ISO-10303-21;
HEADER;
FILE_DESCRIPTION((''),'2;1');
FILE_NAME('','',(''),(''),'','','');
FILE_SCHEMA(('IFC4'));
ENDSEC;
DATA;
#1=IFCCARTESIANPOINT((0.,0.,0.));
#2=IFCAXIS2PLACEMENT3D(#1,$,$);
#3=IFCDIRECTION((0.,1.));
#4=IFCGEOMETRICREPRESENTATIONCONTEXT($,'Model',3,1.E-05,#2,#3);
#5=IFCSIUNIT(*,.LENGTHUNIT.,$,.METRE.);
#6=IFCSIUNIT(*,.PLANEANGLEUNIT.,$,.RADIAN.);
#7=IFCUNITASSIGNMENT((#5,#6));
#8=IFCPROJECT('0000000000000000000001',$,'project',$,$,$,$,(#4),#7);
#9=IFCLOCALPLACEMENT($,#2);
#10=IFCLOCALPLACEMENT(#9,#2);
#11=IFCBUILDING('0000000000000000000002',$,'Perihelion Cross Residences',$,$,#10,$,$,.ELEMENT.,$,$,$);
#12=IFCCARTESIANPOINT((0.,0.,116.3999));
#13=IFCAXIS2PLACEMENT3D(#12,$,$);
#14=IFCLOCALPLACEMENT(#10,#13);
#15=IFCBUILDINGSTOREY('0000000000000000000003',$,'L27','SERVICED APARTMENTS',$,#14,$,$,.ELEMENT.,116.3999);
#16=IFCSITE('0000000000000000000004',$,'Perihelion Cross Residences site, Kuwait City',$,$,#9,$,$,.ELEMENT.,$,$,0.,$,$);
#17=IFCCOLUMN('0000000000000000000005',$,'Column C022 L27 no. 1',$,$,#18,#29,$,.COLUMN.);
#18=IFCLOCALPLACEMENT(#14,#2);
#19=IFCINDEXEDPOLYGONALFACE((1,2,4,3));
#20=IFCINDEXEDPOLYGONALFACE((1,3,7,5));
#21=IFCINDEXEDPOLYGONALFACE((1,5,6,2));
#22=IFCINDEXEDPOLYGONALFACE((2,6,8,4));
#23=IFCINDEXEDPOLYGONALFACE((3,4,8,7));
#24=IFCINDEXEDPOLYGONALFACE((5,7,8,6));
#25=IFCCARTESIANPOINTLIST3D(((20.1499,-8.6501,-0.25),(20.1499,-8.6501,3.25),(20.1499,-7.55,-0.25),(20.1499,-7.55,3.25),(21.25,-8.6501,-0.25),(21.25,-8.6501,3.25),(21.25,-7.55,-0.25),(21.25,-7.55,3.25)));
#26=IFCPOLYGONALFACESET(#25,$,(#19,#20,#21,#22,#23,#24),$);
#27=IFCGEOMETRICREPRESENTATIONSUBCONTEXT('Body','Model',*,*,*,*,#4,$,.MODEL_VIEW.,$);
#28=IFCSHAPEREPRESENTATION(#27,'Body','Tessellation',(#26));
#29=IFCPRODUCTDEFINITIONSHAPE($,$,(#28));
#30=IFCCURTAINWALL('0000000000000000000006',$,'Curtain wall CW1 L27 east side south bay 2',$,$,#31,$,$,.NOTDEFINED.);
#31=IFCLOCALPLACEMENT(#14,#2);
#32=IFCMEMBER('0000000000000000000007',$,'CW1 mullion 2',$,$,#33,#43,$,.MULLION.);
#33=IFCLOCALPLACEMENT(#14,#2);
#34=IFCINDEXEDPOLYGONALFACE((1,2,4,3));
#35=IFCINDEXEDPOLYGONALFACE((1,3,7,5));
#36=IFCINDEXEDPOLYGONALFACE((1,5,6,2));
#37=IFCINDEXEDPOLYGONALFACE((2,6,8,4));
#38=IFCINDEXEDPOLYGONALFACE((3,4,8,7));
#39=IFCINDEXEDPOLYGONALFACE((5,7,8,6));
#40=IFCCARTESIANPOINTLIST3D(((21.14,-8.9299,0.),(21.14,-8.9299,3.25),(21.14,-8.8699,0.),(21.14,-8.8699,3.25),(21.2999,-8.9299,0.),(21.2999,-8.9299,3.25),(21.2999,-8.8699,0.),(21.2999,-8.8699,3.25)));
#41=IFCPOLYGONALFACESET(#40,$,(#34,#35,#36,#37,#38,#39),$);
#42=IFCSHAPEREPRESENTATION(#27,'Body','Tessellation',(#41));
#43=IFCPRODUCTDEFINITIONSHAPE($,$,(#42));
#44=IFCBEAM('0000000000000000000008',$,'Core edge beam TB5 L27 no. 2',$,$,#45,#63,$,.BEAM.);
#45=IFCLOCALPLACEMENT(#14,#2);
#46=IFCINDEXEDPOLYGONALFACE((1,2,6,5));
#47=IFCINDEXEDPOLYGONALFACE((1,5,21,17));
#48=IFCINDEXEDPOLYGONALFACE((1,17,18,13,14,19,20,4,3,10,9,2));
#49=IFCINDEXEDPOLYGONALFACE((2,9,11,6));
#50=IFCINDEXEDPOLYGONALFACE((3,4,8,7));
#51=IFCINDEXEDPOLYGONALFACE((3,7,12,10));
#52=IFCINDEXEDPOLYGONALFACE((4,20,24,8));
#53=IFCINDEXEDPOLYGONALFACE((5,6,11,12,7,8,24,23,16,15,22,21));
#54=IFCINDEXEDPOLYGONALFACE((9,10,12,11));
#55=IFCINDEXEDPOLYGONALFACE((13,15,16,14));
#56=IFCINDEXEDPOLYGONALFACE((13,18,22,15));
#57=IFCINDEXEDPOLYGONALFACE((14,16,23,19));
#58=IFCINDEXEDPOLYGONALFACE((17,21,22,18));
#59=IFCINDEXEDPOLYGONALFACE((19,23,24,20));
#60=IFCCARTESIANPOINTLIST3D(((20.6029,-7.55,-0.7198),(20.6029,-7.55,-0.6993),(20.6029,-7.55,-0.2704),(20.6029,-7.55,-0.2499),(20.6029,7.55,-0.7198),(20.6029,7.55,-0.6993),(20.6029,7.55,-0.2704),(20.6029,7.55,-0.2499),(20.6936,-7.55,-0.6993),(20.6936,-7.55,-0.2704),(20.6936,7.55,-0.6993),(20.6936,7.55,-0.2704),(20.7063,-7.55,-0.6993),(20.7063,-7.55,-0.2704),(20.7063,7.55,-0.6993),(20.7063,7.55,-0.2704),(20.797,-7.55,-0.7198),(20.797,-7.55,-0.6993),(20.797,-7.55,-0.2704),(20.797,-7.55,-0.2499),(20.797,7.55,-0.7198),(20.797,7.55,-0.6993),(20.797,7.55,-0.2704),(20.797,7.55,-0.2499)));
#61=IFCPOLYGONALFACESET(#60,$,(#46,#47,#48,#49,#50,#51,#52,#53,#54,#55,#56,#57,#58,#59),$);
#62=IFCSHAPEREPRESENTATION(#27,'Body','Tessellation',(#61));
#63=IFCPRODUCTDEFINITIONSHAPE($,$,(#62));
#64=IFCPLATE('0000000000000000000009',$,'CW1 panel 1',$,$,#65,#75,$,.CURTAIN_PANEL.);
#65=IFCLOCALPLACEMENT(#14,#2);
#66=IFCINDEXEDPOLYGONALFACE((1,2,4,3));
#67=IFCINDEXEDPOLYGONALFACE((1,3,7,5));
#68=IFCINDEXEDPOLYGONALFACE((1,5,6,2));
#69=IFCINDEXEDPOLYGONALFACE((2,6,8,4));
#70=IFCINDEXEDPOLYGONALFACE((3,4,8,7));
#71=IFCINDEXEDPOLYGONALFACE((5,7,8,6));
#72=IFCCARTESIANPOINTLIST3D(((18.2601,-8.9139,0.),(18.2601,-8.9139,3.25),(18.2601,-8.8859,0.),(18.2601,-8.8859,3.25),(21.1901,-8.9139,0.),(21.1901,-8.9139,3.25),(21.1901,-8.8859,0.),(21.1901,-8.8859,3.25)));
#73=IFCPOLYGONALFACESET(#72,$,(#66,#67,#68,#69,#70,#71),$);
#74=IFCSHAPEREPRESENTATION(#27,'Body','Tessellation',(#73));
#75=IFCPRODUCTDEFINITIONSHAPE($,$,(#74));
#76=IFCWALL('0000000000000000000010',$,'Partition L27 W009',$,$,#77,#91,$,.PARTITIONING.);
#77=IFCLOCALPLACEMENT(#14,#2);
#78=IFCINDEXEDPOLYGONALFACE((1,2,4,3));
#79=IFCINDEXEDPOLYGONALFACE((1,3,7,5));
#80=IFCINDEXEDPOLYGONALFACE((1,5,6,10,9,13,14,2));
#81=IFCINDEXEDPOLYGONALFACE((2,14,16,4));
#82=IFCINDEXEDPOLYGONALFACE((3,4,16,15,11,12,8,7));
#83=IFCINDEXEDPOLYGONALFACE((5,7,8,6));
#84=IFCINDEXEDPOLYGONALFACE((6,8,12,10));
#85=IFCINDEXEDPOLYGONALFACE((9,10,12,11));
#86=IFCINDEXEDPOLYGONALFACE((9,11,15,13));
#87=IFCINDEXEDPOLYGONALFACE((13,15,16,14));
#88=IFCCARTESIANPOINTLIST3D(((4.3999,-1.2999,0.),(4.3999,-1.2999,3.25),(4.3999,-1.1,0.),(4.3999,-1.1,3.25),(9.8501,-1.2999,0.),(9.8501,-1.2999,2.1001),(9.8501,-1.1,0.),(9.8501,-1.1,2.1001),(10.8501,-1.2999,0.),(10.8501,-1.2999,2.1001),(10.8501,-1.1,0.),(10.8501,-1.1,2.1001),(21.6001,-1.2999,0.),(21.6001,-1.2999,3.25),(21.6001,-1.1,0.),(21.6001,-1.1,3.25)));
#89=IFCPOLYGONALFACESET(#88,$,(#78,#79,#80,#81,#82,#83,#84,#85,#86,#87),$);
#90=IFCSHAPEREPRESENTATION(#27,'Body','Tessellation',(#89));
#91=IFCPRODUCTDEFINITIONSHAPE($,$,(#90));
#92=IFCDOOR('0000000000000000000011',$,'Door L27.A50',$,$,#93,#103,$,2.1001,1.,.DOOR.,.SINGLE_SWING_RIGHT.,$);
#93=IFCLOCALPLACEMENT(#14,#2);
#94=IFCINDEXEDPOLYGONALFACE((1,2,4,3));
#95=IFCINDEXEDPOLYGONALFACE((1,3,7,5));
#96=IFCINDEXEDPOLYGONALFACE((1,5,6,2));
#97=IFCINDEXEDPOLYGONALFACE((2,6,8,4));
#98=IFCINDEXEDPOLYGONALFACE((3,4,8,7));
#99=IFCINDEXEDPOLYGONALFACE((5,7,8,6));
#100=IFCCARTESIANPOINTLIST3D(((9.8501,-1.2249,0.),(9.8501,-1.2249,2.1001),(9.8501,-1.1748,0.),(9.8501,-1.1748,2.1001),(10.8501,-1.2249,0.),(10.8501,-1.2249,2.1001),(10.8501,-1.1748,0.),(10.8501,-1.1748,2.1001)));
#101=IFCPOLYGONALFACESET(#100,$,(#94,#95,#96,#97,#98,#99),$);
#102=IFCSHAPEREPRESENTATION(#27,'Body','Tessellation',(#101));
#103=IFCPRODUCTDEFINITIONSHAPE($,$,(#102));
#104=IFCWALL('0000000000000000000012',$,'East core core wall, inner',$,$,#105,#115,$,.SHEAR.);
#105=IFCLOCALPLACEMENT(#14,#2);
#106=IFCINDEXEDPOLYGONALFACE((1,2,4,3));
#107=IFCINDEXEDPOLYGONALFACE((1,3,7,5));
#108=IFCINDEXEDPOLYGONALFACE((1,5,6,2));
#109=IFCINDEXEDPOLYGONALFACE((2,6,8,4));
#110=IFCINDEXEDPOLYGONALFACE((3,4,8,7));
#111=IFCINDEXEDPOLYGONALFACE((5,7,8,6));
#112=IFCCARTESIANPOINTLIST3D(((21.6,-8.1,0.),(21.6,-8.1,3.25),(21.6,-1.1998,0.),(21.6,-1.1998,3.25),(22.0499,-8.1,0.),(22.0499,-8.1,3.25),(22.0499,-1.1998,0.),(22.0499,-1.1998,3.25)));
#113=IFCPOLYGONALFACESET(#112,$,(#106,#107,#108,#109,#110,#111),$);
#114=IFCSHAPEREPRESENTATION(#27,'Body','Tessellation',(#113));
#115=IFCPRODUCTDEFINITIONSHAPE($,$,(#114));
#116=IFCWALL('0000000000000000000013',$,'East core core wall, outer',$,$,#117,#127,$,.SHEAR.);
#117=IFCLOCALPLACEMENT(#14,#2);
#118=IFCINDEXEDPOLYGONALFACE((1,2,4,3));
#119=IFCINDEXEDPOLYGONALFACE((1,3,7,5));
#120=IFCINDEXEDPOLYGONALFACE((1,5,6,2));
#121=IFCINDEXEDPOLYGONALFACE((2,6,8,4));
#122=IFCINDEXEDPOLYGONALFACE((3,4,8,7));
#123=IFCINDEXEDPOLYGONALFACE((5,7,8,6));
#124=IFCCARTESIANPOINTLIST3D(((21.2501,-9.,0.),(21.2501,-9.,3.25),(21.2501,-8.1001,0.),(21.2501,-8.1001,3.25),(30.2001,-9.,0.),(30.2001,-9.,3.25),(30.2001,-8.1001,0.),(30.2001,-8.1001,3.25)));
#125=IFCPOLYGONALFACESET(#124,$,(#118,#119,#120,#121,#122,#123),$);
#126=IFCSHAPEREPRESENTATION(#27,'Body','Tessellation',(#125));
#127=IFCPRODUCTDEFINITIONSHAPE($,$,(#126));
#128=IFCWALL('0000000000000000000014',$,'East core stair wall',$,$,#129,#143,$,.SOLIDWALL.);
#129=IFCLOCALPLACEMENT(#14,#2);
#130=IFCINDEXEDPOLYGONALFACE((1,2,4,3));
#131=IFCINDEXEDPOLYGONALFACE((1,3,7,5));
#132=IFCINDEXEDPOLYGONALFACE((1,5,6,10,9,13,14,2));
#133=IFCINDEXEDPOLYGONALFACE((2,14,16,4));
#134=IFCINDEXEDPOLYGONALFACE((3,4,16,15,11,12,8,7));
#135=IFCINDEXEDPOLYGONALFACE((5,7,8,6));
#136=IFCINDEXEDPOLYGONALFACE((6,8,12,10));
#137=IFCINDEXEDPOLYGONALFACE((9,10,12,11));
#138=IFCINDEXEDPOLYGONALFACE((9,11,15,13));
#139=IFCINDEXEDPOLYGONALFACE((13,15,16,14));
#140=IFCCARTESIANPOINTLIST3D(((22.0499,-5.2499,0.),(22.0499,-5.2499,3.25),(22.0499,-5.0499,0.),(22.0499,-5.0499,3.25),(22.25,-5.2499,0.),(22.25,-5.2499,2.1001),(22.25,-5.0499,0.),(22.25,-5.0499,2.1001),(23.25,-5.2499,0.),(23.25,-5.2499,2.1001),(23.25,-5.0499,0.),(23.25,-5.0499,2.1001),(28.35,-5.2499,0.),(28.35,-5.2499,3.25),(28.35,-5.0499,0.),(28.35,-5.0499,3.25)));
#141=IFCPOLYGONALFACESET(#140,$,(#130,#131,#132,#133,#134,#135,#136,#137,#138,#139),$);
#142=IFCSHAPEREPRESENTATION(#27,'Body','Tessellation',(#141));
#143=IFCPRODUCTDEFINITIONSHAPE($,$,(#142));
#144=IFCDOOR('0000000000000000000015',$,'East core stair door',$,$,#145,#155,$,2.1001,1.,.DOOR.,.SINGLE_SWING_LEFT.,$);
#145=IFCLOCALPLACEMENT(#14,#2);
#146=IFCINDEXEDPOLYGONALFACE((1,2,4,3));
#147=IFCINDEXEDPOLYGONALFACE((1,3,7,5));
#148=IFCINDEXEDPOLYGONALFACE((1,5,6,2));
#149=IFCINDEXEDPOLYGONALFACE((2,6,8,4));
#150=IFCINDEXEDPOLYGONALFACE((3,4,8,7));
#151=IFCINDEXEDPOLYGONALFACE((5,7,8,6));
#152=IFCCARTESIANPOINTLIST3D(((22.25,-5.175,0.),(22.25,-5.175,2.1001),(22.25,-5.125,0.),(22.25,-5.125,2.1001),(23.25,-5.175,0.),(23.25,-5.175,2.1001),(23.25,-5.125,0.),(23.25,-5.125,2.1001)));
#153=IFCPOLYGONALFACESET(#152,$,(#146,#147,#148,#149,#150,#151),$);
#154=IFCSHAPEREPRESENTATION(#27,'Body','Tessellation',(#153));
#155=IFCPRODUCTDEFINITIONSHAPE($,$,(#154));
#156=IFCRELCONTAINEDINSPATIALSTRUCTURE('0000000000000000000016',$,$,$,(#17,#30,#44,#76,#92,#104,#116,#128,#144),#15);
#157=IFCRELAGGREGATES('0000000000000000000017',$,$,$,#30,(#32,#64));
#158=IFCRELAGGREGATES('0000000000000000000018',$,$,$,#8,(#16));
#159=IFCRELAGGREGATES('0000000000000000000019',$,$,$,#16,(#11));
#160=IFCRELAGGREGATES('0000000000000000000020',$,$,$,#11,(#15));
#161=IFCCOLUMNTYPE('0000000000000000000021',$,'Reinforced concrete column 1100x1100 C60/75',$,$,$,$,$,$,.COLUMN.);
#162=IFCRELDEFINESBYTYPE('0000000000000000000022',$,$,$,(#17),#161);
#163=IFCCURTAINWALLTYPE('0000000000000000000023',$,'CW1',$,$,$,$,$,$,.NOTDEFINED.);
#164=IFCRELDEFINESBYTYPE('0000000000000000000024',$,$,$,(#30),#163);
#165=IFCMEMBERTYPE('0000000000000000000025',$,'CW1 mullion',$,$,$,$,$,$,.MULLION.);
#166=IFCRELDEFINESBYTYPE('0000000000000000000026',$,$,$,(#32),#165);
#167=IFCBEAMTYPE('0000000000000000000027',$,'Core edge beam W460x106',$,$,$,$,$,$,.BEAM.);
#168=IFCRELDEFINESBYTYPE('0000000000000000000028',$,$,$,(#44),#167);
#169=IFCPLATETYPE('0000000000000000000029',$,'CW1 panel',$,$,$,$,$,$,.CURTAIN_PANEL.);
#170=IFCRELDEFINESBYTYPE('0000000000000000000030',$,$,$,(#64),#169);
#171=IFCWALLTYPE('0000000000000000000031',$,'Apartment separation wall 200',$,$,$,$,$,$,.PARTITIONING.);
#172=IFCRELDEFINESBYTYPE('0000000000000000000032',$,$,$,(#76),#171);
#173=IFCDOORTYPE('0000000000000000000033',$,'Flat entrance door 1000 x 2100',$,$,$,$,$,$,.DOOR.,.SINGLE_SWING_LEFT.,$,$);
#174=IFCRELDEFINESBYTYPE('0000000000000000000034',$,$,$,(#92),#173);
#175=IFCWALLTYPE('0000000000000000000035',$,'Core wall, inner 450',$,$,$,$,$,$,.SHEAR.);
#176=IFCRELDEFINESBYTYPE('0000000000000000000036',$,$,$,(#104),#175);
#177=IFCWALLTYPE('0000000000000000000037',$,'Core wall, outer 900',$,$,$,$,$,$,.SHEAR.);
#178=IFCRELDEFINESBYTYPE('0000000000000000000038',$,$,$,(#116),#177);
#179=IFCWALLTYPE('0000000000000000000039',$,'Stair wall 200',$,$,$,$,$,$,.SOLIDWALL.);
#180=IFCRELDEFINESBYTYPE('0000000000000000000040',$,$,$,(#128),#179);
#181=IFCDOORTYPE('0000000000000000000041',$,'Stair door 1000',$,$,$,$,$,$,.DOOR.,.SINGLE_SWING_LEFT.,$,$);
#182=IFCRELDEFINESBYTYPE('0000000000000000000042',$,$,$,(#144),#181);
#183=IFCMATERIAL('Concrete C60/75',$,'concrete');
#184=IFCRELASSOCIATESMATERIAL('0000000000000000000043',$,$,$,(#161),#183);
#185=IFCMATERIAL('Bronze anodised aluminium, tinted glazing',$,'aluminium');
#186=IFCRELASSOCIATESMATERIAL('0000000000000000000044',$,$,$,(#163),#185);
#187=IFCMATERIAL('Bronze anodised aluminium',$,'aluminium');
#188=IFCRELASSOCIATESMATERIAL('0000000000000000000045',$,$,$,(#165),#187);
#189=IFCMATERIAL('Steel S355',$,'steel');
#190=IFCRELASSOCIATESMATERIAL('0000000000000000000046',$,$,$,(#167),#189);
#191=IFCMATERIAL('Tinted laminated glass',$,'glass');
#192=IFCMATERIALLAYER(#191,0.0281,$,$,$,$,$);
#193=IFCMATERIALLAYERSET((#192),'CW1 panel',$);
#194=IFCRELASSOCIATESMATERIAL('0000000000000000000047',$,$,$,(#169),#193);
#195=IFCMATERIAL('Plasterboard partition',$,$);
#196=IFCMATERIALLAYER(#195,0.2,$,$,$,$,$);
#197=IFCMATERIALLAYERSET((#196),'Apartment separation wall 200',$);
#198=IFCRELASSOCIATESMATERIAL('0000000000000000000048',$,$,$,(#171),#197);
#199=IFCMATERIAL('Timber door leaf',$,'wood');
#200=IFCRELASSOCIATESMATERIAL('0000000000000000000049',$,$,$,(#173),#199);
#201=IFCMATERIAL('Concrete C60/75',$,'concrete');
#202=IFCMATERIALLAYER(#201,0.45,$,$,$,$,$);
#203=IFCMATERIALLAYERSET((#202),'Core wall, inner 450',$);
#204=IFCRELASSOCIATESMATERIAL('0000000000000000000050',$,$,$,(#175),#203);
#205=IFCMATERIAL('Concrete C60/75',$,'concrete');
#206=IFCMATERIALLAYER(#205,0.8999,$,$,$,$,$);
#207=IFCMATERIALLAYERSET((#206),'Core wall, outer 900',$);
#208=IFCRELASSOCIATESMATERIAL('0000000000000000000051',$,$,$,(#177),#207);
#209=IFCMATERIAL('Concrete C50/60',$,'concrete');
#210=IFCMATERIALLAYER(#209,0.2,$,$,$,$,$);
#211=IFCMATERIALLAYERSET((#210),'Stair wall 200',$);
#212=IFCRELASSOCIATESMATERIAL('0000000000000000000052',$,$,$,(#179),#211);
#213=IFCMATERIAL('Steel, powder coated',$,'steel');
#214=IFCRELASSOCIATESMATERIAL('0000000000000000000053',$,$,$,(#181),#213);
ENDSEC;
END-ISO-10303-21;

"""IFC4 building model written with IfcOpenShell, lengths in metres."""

from ifc_helpers import new_model, si_unit, direction, frame, frame_2d, origin, origin_2d, place, context, subcontext, project, spatial, rectangle, i_section, extrude, material, layer, layer_set, material_profile, profile_set, type_object, element, fill, aggregate, save


model = new_model("IFC4")

# Units and contexts
model_context = context("Model", 3, precision=1e-05, world=origin(), true_north=direction((0.0, 1.0)))
body_context = subcontext(model_context, "Body", "Model", "MODEL_VIEW")
ifc_project = project(units=[si_unit("LENGTHUNIT", "METRE"), si_unit("PLANEANGLEUNIT", "RADIAN")], contexts=[model_context])

# Site, building, storey
site_placement = place(None, origin())
site = spatial("IfcSite", under=ifc_project, at=site_placement, Name="Perihelion Cross Residences site, Kuwait City", CompositionType="ELEMENT", RefElevation=0.0)
building_placement = place(site_placement, origin())
building = spatial("IfcBuilding", under=site, at=building_placement, Name="Perihelion Cross Residences", CompositionType="ELEMENT")
storey_placement = place(building_placement, frame((0.0, 0.0, 116.3999)))
storey = spatial("IfcBuildingStorey", under=building, at=storey_placement, Name="L27", Description="SERVICED APARTMENTS", CompositionType="ELEMENT", Elevation=116.3999)

# Column
ifc_material_1 = material(Name="Concrete C60/75", Category="concrete")
ifc_material_profile_1 = material_profile(ifc_material_1, rectangle(XDim=1.1001, YDim=1.1001, at=origin_2d()), Name="RC 1100x1100")
ifc_profile_set_1 = profile_set([ifc_material_profile_1], Name="Concrete C60/75")
column_type = type_object("IfcColumnType", Name="Reinforced concrete column 1100x1100 C60/75", PredefinedType="COLUMN", material=ifc_profile_set_1)
column_placement = place(storey_placement, frame((20.7, -8.1001, -0.25), z_axis=(0.0, 0.0, 1.0), x_axis=(1.0, 0.0, 0.0)))
element("IfcColumn", 1, at=column_placement, inside=storey, type_object=column_type, Name="Column C022 L27 no. 1", PredefinedType="COLUMN", context=body_context, shape_type="SweptSolid", body=[
    extrude(rectangle(XDim=1.1001, YDim=1.1001, at=origin_2d()), origin(), (0.0, 0.0, 1.0), 3.5),
])

# Curtain wall, member
ifc_material_2 = material(Name="Bronze anodised aluminium, tinted glazing", Category="aluminium")
curtain_wall_type = type_object("IfcCurtainWallType", Name="CW1", PredefinedType="NOTDEFINED", material=ifc_material_2)
curtain_wall_placement = place(storey_placement, origin())
curtain_wall = element("IfcCurtainWall", 2, at=curtain_wall_placement, inside=storey, type_object=curtain_wall_type, Name="Curtain wall CW1 L27 east side south bay 2", PredefinedType="NOTDEFINED")
ifc_material_3 = material(Name="Bronze anodised aluminium", Category="aluminium")
ifc_material_profile_2 = material_profile(ifc_material_3, rectangle(XDim=0.0601, YDim=0.1599, at=origin_2d()), Name="CW1 mullion")
ifc_profile_set_2 = profile_set([ifc_material_profile_2], Name="Bronze anodised aluminium")
member_type = type_object("IfcMemberType", Name="CW1 mullion", PredefinedType="MULLION", material=ifc_profile_set_2)
member_placement = place(storey_placement, frame((21.22, -8.8999, 0.0), z_axis=(0.0, 0.0, 1.0), x_axis=(0.0, 1.0, 0.0)))
member = element("IfcMember", 3, at=member_placement, type_object=member_type, Name="CW1 mullion 2", PredefinedType="MULLION", context=body_context, shape_type="SweptSolid", body=[
    extrude(rectangle(XDim=0.0601, YDim=0.1599, at=origin_2d()), origin(), (0.0, 0.0, 1.0), 3.25),
])

# Beam
ifc_material_4 = material(Name="Steel S355", Category="steel")
ifc_material_profile_3 = material_profile(ifc_material_4, i_section(OverallWidth=0.1941, OverallDepth=0.47, WebThickness=0.0127, FlangeThickness=0.0205, at=origin_2d()), Name="W460x106")
ifc_profile_set_3 = profile_set([ifc_material_profile_3], Name="Steel S355")
beam_type = type_object("IfcBeamType", Name="Core edge beam W460x106", PredefinedType="BEAM", material=ifc_profile_set_3)
beam_placement = place(storey_placement, frame((20.7, -7.55, -0.4849), z_axis=(0.0, 1.0, 0.0), x_axis=(-1.0, 0.0, 0.0)))
element("IfcBeam", 4, at=beam_placement, inside=storey, type_object=beam_type, Name="Core edge beam TB5 L27 no. 2", PredefinedType="BEAM", context=body_context, shape_type="SweptSolid", body=[
    extrude(i_section(OverallWidth=0.1941, OverallDepth=0.47, WebThickness=0.0127, FlangeThickness=0.0205, at=origin_2d()), origin(), (0.0, 0.0, 1.0), 15.1001),
])

# Plate
ifc_material_5 = material(Name="Tinted laminated glass", Category="glass")
ifc_layer_1 = layer(ifc_material_5, 0.0281)
ifc_layer_set_1 = layer_set([ifc_layer_1], Name="CW1 panel")
plate_type = type_object("IfcPlateType", Name="CW1 panel", PredefinedType="CURTAIN_PANEL", material=ifc_layer_set_1)
plate_placement = place(storey_placement, frame((19.7251, -8.8999, 0.0), z_axis=(0.0, 0.0, 1.0), x_axis=(1.0, 0.0, 0.0)))
plate = element("IfcPlate", 5, at=plate_placement, type_object=plate_type, Name="CW1 panel 1", PredefinedType="CURTAIN_PANEL", context=body_context, shape_type="SweptSolid", body=[
    extrude(rectangle(XDim=2.9299, YDim=0.0281, at=origin_2d()), origin(), (0.0, 0.0, 1.0), 3.25),
])
aggregate(curtain_wall, [member, plate])

# Wall, opening, door
ifc_material_6 = material(Name="Plasterboard partition")
ifc_layer_2 = layer(ifc_material_6, 0.2)
ifc_layer_set_2 = layer_set([ifc_layer_2], Name="Apartment separation wall 200")
wall_type_1 = type_object("IfcWallType", Name="Apartment separation wall 200", PredefinedType="PARTITIONING", material=ifc_layer_set_2)
wall_1_placement = place(storey_placement, frame((21.6001, -1.2, 0.0), z_axis=(0.0, 0.0, 1.0), x_axis=(-1.0, 0.0, 0.0)))
wall_1 = element("IfcWall", 6, at=wall_1_placement, inside=storey, type_object=wall_type_1, Name="Partition L27 W009", PredefinedType="PARTITIONING", context=body_context, shape_type="SweptSolid", body=[
    extrude(rectangle(XDim=17.2002, YDim=0.2, at=frame_2d((8.6001, 0.0))), origin(), (0.0, 0.0, 1.0), 3.25),
])
opening_1_placement = place(wall_1_placement, frame((10.75, 0.0, 0.0)))
opening_1 = element("IfcOpeningElement", 7, at=opening_1_placement, cuts=wall_1, PredefinedType="OPENING", context=body_context, shape_type="SweptSolid", body=[
    extrude(rectangle(XDim=1.0, YDim=2.1001, at=frame_2d((0.5, 1.05))), frame((0.0, 0.1099, 0.0), z_axis=(0.0, -1.0, 0.0), x_axis=(1.0, 0.0, 0.0)), (0.0, 0.0, 1.0), 0.22),
])
ifc_material_7 = material(Name="Timber door leaf", Category="wood")
door_type_1 = type_object("IfcDoorType", Name="Flat entrance door 1000 x 2100", OperationType="SINGLE_SWING_LEFT", PredefinedType="DOOR", material=ifc_material_7)
door_1_placement = place(opening_1_placement, origin())
door_1 = element("IfcDoor", 8, at=door_1_placement, inside=storey, type_object=door_type_1, Name="Door L27.A50", OperationType="SINGLE_SWING_RIGHT", OverallHeight=2.1001, OverallWidth=1.0, PredefinedType="DOOR", context=body_context, shape_type="SweptSolid", body=[
    extrude(rectangle(XDim=1.0, YDim=2.1001, at=frame_2d((0.5, 1.05))), frame((0.0, 0.0249, 0.0), z_axis=(0.0, -1.0, 0.0), x_axis=(1.0, 0.0, 0.0)), (0.0, 0.0, 1.0), 0.05),
])
fill(opening_1, door_1)

# Walls
ifc_material_8 = material(Name="Concrete C60/75", Category="concrete")
ifc_layer_3 = layer(ifc_material_8, 0.45)
ifc_layer_set_3 = layer_set([ifc_layer_3], Name="Core wall, inner 450")
wall_type_2 = type_object("IfcWallType", Name="Core wall, inner 450", PredefinedType="SHEAR", material=ifc_layer_set_3)
wall_2_placement = place(storey_placement, frame((21.825, -8.1001, 0.0), z_axis=(0.0, 0.0, 1.0), x_axis=(0.0, 1.0, 0.0)))
element("IfcWall", 9, at=wall_2_placement, inside=storey, type_object=wall_type_2, Name="East core core wall, inner", PredefinedType="SHEAR", context=body_context, shape_type="SweptSolid", body=[
    extrude(rectangle(XDim=6.9001, YDim=0.45, at=frame_2d((3.4502, 0.0))), origin(), (0.0, 0.0, 1.0), 3.25),
])
ifc_material_9 = material(Name="Concrete C60/75", Category="concrete")
ifc_layer_4 = layer(ifc_material_9, 0.8999)
ifc_layer_set_4 = layer_set([ifc_layer_4], Name="Core wall, outer 900")
wall_type_3 = type_object("IfcWallType", Name="Core wall, outer 900", PredefinedType="SHEAR", material=ifc_layer_set_4)
wall_3_placement = place(storey_placement, frame((21.25, -8.55, 0.0), z_axis=(0.0, 0.0, 1.0), x_axis=(1.0, 0.0, 0.0)))
element("IfcWall", 10, at=wall_3_placement, inside=storey, type_object=wall_type_3, Name="East core core wall, outer", PredefinedType="SHEAR", context=body_context, shape_type="SweptSolid", body=[
    extrude(rectangle(XDim=8.95, YDim=0.8999, at=frame_2d((4.4751, 0.0))), origin(), (0.0, 0.0, 1.0), 3.25),
])

# Wall, opening, door
ifc_material_10 = material(Name="Concrete C50/60", Category="concrete")
ifc_layer_5 = layer(ifc_material_10, 0.2)
ifc_layer_set_5 = layer_set([ifc_layer_5], Name="Stair wall 200")
wall_type_4 = type_object("IfcWallType", Name="Stair wall 200", PredefinedType="SOLIDWALL", material=ifc_layer_set_5)
wall_4_placement = place(storey_placement, frame((22.05, -5.1499, 0.0), z_axis=(0.0, 0.0, 1.0), x_axis=(1.0, 0.0, 0.0)))
wall_4 = element("IfcWall", 11, at=wall_4_placement, inside=storey, type_object=wall_type_4, Name="East core stair wall", PredefinedType="SOLIDWALL", context=body_context, shape_type="SweptSolid", body=[
    extrude(rectangle(XDim=6.3, YDim=0.2, at=frame_2d((3.1499, 0.0))), origin(), (0.0, 0.0, 1.0), 3.25),
])
opening_2_placement = place(wall_4_placement, frame((0.2, 0.0, 0.0)))
opening_2 = element("IfcOpeningElement", 12, at=opening_2_placement, cuts=wall_4, PredefinedType="OPENING", context=body_context, shape_type="SweptSolid", body=[
    extrude(rectangle(XDim=1.0, YDim=2.1001, at=frame_2d((0.5, 1.05))), frame((0.0, 0.1099, 0.0), z_axis=(0.0, -1.0, 0.0), x_axis=(1.0, 0.0, 0.0)), (0.0, 0.0, 1.0), 0.22),
])
ifc_material_11 = material(Name="Steel, powder coated", Category="steel")
door_type_2 = type_object("IfcDoorType", Name="Stair door 1000", OperationType="SINGLE_SWING_LEFT", PredefinedType="DOOR", material=ifc_material_11)
door_2_placement = place(opening_2_placement, origin())
door_2 = element("IfcDoor", 13, at=door_2_placement, inside=storey, type_object=door_type_2, Name="East core stair door", OperationType="SINGLE_SWING_LEFT", OverallHeight=2.1001, OverallWidth=1.0, PredefinedType="DOOR", context=body_context, shape_type="SweptSolid", body=[
    extrude(rectangle(XDim=1.0, YDim=2.1001, at=frame_2d((0.5, 1.05))), frame((0.0, 0.0249, 0.0), z_axis=(0.0, -1.0, 0.0), x_axis=(1.0, 0.0, 0.0)), (0.0, 0.0, 1.0), 0.05),
])
fill(opening_2, door_2)

save(model, "model.ifc")
